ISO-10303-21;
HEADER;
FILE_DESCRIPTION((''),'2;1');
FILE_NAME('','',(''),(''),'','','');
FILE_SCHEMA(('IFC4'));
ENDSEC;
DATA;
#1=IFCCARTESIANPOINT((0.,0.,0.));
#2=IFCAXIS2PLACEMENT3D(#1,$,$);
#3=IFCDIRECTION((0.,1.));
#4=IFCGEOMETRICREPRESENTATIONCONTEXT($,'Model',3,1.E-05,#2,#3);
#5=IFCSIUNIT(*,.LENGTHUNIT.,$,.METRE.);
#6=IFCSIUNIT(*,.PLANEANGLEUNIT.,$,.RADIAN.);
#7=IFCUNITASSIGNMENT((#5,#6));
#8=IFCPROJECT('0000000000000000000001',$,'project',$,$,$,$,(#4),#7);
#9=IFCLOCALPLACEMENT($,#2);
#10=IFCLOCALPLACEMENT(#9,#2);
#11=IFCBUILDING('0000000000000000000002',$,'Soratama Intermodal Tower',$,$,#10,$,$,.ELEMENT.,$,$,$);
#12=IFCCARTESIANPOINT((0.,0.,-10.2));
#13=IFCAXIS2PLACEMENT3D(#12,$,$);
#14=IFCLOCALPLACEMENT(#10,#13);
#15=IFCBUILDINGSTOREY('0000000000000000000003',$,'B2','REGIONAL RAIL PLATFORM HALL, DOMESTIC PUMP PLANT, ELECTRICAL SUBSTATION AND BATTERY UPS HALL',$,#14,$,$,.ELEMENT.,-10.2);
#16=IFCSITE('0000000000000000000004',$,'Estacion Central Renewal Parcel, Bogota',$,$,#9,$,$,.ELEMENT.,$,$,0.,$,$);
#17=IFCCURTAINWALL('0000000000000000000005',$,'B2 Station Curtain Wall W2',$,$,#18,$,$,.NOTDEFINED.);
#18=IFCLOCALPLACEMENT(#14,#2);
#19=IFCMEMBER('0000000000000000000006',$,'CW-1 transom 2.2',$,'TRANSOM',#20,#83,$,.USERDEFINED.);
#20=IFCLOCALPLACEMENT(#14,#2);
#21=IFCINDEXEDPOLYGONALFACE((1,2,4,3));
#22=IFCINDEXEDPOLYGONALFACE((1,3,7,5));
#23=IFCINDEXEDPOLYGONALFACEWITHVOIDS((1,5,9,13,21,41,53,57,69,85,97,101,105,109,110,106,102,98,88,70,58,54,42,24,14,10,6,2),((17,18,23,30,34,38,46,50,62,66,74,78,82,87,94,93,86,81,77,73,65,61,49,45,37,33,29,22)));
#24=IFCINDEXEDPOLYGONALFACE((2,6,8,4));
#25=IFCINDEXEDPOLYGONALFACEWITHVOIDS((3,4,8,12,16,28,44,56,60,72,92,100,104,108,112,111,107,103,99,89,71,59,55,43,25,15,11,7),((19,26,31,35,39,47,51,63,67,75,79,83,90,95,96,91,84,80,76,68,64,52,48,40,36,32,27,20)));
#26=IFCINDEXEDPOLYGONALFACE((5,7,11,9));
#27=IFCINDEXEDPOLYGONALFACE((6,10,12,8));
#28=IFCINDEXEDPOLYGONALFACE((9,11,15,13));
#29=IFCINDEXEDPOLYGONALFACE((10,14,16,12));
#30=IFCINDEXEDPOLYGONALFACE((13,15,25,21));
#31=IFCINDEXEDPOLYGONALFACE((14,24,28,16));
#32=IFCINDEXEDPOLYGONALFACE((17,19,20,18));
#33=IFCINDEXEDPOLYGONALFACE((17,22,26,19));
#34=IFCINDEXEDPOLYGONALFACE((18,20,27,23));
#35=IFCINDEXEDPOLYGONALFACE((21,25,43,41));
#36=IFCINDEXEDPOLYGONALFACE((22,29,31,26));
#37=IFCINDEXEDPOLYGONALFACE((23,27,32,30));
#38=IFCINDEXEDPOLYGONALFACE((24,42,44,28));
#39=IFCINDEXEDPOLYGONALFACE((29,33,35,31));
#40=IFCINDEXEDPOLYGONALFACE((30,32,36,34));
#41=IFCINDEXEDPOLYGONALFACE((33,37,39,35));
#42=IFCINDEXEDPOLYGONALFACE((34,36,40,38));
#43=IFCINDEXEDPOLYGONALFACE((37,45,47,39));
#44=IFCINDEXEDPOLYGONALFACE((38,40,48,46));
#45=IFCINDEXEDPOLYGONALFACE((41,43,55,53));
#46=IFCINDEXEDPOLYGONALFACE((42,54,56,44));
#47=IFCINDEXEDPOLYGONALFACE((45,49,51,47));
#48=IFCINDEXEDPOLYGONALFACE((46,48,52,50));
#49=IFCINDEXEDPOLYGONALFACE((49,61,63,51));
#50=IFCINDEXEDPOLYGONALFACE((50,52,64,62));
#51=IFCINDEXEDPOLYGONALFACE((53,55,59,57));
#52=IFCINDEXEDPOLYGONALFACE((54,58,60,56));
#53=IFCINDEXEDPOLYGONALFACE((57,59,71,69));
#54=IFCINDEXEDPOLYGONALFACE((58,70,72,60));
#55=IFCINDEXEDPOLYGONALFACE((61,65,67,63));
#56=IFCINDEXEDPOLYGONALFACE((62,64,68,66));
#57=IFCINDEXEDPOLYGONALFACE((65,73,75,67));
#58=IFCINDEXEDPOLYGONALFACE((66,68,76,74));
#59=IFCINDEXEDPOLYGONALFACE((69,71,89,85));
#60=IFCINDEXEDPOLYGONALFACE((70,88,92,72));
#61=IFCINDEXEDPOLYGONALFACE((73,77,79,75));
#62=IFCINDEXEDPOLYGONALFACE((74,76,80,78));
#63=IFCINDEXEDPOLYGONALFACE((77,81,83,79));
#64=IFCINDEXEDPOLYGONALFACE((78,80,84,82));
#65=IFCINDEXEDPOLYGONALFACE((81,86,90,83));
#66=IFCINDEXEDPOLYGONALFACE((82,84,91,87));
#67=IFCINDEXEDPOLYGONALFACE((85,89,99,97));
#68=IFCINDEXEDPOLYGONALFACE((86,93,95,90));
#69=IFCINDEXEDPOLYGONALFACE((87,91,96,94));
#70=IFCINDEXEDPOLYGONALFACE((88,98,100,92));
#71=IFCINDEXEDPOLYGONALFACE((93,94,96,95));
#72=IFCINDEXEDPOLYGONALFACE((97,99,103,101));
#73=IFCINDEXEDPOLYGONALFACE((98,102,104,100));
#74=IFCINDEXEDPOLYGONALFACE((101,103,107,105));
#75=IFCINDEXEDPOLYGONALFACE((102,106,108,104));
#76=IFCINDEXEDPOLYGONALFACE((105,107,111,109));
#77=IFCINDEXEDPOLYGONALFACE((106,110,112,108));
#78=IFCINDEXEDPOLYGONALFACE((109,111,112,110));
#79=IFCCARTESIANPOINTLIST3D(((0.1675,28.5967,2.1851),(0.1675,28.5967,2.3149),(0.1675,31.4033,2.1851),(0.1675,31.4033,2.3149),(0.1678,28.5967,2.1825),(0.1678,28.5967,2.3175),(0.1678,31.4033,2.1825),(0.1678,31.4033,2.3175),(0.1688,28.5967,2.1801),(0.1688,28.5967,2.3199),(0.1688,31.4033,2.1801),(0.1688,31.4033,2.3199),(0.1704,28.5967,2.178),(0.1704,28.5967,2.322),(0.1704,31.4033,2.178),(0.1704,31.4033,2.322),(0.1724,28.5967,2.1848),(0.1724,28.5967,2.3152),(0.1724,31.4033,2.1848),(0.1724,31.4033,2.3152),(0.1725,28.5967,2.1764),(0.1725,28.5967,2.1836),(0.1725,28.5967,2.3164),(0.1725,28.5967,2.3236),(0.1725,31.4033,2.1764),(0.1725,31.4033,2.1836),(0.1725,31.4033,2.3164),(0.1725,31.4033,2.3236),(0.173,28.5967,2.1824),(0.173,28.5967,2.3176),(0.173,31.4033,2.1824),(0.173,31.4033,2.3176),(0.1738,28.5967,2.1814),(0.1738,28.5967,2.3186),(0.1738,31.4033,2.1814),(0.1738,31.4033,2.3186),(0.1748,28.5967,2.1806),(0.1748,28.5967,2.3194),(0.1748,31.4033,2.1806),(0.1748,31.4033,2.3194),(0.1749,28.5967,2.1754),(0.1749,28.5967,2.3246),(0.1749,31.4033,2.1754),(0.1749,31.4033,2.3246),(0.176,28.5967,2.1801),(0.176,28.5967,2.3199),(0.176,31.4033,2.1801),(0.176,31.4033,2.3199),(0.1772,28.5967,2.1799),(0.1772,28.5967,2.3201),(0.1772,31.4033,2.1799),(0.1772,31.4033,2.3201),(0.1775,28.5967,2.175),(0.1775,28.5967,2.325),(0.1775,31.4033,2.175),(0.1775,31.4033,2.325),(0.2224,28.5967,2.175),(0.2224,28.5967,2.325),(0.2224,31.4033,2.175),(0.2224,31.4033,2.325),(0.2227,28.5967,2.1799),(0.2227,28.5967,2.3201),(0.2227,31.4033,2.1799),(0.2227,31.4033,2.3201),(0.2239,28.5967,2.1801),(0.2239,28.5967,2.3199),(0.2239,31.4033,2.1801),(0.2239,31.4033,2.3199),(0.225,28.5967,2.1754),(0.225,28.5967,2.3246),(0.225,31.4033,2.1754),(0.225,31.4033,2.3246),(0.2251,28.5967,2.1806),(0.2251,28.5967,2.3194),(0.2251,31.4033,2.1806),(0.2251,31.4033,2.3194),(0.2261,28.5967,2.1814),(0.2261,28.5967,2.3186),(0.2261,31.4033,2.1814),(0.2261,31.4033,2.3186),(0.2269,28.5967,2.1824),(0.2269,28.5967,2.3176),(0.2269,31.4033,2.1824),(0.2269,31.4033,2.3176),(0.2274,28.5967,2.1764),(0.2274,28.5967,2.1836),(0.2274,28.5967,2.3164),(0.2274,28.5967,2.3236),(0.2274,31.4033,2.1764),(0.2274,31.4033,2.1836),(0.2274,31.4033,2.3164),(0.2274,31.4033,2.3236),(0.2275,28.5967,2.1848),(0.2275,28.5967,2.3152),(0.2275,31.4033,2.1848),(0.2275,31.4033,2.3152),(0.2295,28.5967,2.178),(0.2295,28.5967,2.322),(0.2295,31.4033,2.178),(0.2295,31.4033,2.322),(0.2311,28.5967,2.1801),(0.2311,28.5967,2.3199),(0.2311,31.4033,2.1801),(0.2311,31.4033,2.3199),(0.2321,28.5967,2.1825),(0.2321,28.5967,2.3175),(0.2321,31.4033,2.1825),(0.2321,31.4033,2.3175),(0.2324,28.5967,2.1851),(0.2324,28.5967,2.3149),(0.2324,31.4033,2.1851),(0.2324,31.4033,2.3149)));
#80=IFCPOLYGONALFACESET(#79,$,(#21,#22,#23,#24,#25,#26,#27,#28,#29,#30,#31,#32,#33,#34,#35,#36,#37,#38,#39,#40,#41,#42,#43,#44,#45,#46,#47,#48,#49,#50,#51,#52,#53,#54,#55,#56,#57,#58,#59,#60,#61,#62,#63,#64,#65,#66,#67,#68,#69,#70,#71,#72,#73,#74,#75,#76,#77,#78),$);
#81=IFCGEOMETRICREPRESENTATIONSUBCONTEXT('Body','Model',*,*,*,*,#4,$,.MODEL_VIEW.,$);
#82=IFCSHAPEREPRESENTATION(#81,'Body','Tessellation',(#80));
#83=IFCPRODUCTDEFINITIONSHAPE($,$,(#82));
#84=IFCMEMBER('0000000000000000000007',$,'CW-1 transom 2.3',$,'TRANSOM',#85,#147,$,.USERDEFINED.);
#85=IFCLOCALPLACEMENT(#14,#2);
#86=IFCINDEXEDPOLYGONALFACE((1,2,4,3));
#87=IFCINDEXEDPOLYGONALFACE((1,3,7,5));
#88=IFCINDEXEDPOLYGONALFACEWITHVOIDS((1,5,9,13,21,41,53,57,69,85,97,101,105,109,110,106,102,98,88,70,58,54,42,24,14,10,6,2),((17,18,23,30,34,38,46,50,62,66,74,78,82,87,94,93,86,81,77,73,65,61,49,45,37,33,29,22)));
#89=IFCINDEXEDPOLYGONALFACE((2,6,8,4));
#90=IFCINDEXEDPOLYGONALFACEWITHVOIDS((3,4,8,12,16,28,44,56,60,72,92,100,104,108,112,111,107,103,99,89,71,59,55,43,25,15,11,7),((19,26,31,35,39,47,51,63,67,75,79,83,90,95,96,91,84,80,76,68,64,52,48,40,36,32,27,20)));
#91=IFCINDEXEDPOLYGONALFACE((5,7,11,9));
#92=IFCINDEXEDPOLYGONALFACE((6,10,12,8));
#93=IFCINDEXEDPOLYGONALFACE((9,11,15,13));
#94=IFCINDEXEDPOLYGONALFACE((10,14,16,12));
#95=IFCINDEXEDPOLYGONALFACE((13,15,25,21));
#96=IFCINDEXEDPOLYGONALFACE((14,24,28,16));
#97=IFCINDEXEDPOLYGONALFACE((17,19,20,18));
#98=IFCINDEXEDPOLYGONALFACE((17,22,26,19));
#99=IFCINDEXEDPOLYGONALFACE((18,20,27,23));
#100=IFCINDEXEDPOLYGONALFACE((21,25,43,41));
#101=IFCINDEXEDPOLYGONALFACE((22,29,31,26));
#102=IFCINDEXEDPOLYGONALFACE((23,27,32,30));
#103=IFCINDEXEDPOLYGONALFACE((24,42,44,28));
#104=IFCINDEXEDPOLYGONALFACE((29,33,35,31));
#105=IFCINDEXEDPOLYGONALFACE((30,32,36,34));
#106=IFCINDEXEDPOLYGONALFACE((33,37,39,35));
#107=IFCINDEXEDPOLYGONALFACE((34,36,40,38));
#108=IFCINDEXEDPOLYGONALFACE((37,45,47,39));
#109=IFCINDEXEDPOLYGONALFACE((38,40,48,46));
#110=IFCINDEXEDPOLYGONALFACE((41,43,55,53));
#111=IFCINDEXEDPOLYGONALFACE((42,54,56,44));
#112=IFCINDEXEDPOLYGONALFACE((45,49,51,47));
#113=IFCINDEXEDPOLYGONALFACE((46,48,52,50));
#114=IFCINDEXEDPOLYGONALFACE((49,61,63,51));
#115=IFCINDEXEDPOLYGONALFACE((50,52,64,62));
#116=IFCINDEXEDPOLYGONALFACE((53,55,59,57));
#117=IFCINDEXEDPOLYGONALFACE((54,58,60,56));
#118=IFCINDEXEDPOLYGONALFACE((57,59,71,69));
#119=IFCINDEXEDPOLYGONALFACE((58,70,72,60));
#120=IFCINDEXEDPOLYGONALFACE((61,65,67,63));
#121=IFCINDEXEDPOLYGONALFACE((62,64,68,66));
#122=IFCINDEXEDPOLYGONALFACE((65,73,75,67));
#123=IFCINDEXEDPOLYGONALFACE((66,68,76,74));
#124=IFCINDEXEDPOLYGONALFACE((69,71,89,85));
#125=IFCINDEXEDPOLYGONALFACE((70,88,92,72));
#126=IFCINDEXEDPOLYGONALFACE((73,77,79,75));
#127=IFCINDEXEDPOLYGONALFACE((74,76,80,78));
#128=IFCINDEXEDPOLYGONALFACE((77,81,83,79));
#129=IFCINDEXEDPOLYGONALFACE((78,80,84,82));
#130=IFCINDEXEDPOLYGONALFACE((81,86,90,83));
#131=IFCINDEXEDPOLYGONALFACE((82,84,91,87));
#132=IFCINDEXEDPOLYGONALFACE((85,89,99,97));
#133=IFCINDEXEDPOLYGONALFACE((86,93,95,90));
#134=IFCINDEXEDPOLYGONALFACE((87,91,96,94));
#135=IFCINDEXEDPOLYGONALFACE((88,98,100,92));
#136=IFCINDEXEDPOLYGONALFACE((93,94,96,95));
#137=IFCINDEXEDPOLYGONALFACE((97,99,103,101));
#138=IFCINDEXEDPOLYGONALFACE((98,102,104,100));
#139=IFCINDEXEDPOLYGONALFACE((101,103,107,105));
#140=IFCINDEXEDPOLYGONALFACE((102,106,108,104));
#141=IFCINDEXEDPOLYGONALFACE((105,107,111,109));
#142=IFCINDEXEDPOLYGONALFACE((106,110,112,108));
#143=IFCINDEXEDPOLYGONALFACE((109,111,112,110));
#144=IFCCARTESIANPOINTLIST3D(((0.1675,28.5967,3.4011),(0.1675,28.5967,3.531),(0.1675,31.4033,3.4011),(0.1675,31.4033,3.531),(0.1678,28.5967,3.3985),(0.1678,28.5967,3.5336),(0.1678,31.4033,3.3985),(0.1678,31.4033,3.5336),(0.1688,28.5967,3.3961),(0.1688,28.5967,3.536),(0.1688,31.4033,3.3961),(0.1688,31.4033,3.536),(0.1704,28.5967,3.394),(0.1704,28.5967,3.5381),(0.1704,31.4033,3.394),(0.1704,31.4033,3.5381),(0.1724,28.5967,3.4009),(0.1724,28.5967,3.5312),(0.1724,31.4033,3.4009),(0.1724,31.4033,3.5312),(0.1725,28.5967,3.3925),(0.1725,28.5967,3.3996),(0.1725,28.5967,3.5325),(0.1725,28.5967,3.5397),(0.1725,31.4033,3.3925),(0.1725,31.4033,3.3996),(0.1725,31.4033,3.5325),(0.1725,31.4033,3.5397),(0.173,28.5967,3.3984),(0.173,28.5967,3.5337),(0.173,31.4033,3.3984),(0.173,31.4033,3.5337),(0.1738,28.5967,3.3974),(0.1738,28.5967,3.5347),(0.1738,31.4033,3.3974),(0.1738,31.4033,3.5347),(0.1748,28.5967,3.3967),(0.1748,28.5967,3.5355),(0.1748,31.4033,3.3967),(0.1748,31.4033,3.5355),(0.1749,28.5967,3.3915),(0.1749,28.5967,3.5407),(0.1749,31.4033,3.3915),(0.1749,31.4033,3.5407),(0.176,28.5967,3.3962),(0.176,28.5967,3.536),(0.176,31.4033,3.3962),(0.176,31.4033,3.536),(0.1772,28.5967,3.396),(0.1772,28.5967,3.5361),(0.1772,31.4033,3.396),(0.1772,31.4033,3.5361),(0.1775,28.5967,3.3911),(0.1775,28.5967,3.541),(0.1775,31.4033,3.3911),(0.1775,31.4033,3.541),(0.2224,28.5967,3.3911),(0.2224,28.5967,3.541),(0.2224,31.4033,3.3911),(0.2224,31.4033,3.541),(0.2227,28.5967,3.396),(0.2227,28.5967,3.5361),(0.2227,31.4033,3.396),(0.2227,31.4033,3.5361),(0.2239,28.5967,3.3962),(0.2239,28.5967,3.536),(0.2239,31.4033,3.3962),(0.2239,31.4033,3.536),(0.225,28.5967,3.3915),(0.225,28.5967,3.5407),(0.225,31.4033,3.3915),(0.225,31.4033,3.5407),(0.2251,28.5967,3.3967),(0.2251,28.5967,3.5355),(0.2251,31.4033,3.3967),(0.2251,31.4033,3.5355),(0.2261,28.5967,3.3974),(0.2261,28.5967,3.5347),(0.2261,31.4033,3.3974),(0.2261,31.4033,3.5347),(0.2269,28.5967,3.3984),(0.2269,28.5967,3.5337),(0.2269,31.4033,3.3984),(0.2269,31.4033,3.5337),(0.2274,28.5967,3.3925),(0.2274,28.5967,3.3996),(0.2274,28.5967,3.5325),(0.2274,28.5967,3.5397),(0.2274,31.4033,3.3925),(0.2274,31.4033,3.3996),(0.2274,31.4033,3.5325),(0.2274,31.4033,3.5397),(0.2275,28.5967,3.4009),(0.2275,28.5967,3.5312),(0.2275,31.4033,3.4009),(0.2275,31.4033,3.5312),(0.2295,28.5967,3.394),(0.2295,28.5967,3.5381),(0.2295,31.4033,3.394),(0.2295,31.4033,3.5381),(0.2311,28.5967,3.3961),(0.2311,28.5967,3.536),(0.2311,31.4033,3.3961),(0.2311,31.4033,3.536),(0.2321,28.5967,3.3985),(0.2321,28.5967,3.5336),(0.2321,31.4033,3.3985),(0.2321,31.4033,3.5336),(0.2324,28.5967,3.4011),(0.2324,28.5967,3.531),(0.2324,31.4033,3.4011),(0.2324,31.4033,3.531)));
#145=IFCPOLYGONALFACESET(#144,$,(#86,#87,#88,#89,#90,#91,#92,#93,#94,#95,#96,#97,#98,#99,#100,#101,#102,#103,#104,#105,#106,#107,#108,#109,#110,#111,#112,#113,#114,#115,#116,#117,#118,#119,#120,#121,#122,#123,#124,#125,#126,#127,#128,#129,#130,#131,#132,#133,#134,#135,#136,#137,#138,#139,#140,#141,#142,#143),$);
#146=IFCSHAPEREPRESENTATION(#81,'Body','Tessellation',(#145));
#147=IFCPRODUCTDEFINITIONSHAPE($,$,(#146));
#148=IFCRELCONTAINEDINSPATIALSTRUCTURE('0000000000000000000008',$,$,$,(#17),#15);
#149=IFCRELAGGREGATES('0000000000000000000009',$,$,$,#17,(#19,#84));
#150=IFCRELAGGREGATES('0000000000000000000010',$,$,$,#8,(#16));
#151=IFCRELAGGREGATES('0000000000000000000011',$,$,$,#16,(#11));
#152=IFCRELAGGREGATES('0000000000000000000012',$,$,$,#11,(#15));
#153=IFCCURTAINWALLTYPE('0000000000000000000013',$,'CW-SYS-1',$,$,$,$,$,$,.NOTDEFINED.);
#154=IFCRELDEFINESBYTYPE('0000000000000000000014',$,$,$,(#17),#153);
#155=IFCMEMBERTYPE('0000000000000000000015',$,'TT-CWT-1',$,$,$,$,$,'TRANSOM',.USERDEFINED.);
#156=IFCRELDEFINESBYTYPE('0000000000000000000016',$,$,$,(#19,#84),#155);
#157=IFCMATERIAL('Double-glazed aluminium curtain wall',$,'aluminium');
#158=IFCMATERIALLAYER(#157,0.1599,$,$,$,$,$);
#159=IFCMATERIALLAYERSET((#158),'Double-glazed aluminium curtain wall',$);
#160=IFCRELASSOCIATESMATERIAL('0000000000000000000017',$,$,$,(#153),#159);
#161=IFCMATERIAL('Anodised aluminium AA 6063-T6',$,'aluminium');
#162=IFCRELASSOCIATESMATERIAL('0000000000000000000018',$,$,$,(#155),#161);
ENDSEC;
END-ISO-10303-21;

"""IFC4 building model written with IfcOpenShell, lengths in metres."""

from ifc_helpers import new_model, si_unit, direction, frame, origin, origin_2d, place, context, subcontext, project, spatial, hollow_rectangle, extrude, material, layer, layer_set, material_profile, profile_set, type_object, element, aggregate, save


model = new_model("IFC4")

# Units and contexts
model_context = context("Model", 3, precision=1e-05, world=origin(), true_north=direction((0.0, 1.0)))
body_context = subcontext(model_context, "Body", "Model", "MODEL_VIEW")
ifc_project = project(units=[si_unit("LENGTHUNIT", "METRE"), si_unit("PLANEANGLEUNIT", "RADIAN")], contexts=[model_context])

# Site, building, storey
site_placement = place(None, origin())
site = spatial("IfcSite", under=ifc_project, at=site_placement, Name="Estacion Central Renewal Parcel, Bogota", CompositionType="ELEMENT", RefElevation=0.0)
building_placement = place(site_placement, origin())
building = spatial("IfcBuilding", under=site, at=building_placement, Name="Soratama Intermodal Tower", CompositionType="ELEMENT")
storey_placement = place(building_placement, frame((0.0, 0.0, -10.2)))
storey = spatial("IfcBuildingStorey", under=building, at=storey_placement, Name="B2", Description="REGIONAL RAIL PLATFORM HALL, DOMESTIC PUMP PLANT, ELECTRICAL SUBSTATION AND BATTERY UPS HALL", CompositionType="ELEMENT", Elevation=-10.2)

# Curtain wall, members
ifc_material_1 = material(Name="Double-glazed aluminium curtain wall", Category="aluminium")
ifc_layer_1 = layer(ifc_material_1, 0.1599)
ifc_layer_set_1 = layer_set([ifc_layer_1], Name="Double-glazed aluminium curtain wall")
curtain_wall_type = type_object("IfcCurtainWallType", Name="CW-SYS-1", PredefinedType="NOTDEFINED", material=ifc_layer_set_1)
curtain_wall_placement = place(storey_placement, origin())
curtain_wall = element("IfcCurtainWall", 1, at=curtain_wall_placement, inside=storey, type_object=curtain_wall_type, Name="B2 Station Curtain Wall W2", PredefinedType="NOTDEFINED")
ifc_material_2 = material(Name="Anodised aluminium AA 6063-T6", Category="aluminium")
ifc_material_profile_1 = material_profile(ifc_material_2, hollow_rectangle(XDim=0.0649, YDim=0.1499, WallThickness=0.0049, InnerFilletRadius=0.0049, OuterFilletRadius=0.01, at=origin_2d()), Name="CWT150X65X5")
ifc_profile_set_1 = profile_set([ifc_material_profile_1], Name="Anodised aluminium AA 6063-T6")
member_type_1 = type_object("IfcMemberType", Name="TT-CWT-1", ElementType="TRANSOM", PredefinedType="USERDEFINED", material=ifc_profile_set_1)
member_1_placement = place(storey_placement, frame((0.2, 28.5967, 2.25), z_axis=(0.0, 1.0, 0.0), x_axis=(-1.0, 0.0, 0.0)))
member_1 = element("IfcMember", 2, at=member_1_placement, type_object=member_type_1, Name="CW-1 transom 2.2", ObjectType="TRANSOM", PredefinedType="USERDEFINED", context=body_context, shape_type="SweptSolid", body=[
    extrude(hollow_rectangle(XDim=0.0649, YDim=0.1499, WallThickness=0.0049, InnerFilletRadius=0.0049, OuterFilletRadius=0.01, at=origin_2d()), origin(), (0.0, 0.0, 1.0), 2.8066),
])
member_2_placement = place(storey_placement, frame((0.2, 28.5967, 3.4661), z_axis=(0.0, 1.0, 0.0), x_axis=(-1.0, 0.0, 0.0)))
member_2 = element("IfcMember", 3, at=member_2_placement, type_object=member_type_1, Name="CW-1 transom 2.3", ObjectType="TRANSOM", PredefinedType="USERDEFINED", context=body_context, shape_type="SweptSolid", body=[
    extrude(hollow_rectangle(XDim=0.0649, YDim=0.1499, WallThickness=0.0049, InnerFilletRadius=0.0049, OuterFilletRadius=0.01, at=origin_2d()), origin(), (0.0, 0.0, 1.0), 2.8066),
])
aggregate(curtain_wall, [member_1, member_2])

save(model, "model.ifc")
